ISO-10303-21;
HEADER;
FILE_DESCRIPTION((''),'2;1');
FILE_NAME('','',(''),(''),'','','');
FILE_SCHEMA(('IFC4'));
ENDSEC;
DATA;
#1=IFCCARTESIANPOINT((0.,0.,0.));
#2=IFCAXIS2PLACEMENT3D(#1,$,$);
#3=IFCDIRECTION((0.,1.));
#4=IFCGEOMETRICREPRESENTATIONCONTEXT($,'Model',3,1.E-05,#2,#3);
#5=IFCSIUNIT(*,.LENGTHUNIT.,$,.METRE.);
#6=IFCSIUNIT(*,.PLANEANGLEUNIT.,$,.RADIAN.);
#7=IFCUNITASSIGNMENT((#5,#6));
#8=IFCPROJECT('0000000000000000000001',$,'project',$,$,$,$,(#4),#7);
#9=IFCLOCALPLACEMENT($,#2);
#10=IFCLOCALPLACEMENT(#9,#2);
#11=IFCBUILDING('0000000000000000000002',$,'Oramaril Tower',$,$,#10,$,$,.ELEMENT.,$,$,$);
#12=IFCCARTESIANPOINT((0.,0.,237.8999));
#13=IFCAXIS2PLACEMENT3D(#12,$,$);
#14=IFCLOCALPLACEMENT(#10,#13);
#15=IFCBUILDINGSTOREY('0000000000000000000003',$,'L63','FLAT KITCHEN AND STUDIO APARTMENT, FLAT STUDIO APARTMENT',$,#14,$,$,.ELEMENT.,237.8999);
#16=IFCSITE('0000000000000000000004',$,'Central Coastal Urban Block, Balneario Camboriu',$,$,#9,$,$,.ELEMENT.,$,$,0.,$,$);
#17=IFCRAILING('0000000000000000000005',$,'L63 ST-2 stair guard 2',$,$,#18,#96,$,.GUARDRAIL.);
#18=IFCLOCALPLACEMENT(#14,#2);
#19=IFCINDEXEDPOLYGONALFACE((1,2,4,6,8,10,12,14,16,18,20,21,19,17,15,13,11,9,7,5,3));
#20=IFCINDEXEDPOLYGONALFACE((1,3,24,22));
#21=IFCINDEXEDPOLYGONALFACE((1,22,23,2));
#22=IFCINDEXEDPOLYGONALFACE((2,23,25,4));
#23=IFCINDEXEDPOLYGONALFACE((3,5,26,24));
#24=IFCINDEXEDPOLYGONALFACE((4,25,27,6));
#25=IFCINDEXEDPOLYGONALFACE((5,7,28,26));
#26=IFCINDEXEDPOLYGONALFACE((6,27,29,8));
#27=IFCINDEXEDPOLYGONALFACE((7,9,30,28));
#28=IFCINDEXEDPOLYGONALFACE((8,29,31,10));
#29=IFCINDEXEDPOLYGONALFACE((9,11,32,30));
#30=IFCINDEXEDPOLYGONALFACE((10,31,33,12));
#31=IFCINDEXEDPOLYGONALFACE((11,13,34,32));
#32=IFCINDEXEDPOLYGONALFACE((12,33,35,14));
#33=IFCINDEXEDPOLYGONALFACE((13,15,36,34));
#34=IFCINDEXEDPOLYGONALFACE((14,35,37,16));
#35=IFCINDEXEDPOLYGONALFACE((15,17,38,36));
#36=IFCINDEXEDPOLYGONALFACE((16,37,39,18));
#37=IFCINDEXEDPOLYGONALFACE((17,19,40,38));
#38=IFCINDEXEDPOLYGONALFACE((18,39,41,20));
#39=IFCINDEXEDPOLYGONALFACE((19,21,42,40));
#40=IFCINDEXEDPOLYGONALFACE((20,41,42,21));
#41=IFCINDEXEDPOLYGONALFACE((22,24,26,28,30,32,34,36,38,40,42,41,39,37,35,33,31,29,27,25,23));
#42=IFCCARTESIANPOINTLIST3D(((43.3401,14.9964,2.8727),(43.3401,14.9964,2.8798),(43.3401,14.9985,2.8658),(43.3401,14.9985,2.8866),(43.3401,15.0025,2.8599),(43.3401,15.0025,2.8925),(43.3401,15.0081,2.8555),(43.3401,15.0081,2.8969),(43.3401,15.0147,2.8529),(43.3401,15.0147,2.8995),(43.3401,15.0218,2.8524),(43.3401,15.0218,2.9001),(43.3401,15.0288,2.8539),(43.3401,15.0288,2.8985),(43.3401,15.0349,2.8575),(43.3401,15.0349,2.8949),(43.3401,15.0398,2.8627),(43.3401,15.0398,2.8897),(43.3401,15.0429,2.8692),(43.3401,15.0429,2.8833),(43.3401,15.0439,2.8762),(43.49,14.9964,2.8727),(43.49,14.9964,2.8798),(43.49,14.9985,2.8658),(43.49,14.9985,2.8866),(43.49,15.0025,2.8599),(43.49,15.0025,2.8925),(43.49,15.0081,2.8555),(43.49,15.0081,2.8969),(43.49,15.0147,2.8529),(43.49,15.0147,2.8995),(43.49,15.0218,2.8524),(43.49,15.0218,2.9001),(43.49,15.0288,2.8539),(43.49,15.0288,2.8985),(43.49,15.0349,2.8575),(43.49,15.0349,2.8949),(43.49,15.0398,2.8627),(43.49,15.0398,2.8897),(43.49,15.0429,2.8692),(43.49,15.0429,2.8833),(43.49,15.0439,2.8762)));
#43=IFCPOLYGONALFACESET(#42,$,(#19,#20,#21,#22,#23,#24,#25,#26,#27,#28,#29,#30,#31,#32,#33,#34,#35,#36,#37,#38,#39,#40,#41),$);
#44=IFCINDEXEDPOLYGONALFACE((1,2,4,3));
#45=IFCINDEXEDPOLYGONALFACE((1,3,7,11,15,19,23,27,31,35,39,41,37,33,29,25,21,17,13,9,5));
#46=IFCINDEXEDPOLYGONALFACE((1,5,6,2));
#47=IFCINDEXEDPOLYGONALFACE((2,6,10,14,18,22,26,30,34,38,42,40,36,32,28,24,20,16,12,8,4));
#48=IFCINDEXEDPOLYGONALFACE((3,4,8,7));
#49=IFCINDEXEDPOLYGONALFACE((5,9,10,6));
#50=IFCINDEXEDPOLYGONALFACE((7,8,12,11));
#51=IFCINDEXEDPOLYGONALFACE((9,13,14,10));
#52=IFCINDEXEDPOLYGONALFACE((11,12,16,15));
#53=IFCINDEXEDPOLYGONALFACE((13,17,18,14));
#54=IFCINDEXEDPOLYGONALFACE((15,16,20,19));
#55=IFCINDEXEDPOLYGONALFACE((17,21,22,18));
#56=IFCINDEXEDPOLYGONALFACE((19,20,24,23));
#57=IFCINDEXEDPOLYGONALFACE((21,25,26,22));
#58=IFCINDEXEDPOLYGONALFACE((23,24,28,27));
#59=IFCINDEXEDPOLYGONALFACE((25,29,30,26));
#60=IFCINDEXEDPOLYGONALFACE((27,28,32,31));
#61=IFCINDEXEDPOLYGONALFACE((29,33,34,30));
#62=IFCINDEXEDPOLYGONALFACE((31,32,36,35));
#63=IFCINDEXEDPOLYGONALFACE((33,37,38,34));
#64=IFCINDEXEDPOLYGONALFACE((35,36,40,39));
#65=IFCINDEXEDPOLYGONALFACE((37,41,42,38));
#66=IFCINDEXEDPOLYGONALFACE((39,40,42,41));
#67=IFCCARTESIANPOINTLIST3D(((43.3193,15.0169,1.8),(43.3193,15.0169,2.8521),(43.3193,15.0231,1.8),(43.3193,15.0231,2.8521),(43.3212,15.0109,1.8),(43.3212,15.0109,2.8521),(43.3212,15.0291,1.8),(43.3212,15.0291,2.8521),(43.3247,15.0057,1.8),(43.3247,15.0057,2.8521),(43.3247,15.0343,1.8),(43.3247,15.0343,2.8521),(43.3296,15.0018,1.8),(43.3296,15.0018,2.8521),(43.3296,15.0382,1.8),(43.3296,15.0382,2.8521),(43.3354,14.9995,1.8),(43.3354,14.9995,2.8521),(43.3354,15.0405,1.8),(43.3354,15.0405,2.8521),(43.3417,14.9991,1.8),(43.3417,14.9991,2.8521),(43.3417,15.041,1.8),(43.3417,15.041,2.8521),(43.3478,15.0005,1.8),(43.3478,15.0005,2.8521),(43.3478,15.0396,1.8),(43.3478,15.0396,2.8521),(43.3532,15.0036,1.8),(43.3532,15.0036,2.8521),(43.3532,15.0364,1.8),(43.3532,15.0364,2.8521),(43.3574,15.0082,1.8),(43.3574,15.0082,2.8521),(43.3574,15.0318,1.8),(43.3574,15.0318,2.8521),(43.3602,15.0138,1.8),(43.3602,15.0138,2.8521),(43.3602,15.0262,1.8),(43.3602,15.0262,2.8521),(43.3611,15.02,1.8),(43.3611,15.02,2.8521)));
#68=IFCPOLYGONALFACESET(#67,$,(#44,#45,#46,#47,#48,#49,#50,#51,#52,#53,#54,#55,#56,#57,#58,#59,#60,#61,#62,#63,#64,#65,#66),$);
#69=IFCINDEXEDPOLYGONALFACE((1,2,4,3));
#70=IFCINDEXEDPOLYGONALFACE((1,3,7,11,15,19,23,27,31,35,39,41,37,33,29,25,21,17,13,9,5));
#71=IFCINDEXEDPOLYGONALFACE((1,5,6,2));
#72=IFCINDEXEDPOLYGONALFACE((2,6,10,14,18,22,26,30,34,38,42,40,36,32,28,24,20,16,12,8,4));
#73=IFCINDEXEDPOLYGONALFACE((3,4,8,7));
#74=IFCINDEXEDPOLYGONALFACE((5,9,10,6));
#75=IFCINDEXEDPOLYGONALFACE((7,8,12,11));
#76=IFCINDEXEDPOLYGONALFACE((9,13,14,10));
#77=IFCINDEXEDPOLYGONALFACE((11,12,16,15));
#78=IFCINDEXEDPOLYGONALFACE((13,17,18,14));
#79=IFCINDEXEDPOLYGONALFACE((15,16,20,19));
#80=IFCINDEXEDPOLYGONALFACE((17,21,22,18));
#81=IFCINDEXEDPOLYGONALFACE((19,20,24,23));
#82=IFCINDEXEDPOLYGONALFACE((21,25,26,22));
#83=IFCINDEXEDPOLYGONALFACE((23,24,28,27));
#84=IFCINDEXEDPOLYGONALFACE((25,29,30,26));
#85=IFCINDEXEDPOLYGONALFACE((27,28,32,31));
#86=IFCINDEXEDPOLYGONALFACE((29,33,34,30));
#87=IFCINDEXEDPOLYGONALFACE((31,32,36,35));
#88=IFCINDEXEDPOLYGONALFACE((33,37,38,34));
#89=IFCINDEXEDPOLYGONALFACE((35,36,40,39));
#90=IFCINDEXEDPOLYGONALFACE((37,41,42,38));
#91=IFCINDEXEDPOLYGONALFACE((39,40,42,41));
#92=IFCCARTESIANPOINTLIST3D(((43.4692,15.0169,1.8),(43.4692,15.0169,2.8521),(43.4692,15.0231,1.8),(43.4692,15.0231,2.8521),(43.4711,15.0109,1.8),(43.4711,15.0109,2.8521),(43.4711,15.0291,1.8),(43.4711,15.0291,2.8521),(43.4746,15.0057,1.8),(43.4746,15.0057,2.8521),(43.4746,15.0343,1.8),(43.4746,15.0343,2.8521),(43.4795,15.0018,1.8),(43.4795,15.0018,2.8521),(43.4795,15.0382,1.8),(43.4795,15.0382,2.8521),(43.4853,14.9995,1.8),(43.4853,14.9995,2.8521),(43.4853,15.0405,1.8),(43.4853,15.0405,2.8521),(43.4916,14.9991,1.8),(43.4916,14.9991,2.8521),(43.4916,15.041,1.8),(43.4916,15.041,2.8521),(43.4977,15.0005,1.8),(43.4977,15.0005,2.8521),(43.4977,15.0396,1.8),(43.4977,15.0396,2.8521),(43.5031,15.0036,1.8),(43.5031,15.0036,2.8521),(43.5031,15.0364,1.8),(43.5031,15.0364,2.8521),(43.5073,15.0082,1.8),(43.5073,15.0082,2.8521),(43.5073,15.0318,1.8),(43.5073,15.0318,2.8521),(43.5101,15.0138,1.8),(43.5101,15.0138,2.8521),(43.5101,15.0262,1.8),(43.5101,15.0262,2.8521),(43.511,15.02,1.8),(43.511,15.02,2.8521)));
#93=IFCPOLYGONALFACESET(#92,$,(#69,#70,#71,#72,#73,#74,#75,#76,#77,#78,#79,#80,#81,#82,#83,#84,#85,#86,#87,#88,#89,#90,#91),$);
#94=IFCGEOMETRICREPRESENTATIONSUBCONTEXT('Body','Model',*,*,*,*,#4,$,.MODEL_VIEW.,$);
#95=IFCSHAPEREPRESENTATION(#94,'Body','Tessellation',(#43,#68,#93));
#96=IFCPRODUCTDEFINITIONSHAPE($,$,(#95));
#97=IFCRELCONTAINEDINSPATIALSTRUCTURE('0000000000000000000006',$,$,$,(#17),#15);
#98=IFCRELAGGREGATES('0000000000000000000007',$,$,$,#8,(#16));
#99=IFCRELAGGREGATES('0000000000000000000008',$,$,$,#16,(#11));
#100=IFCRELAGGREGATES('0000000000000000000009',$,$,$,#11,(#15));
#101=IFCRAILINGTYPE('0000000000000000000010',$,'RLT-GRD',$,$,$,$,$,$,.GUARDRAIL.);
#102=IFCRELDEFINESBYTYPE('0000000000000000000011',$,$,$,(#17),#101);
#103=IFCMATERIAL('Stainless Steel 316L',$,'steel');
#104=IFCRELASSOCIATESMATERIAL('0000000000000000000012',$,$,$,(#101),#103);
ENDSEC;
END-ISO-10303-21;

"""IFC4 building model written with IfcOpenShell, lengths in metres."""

from ifc_helpers import new_model, si_unit, direction, frame, origin, origin_2d, place, context, subcontext, project, spatial, circle, extrude, material, type_object, element, save


model = new_model("IFC4")

# Units and contexts
model_context = context("Model", 3, precision=1e-05, world=origin(), true_north=direction((0.0, 1.0)))
body_context = subcontext(model_context, "Body", "Model", "MODEL_VIEW")
ifc_project = project(units=[si_unit("LENGTHUNIT", "METRE"), si_unit("PLANEANGLEUNIT", "RADIAN")], contexts=[model_context])

# Site, building, storey
site_placement = place(None, origin())
site = spatial("IfcSite", under=ifc_project, at=site_placement, Name="Central Coastal Urban Block, Balneario Camboriu", CompositionType="ELEMENT", RefElevation=0.0)
building_placement = place(site_placement, origin())
building = spatial("IfcBuilding", under=site, at=building_placement, Name="Oramaril Tower", CompositionType="ELEMENT")
storey_placement = place(building_placement, frame((0.0, 0.0, 237.8999)))
storey = spatial("IfcBuildingStorey", under=building, at=storey_placement, Name="L63", Description="FLAT KITCHEN AND STUDIO APARTMENT, FLAT STUDIO APARTMENT", CompositionType="ELEMENT", Elevation=237.8999)

# Railing
ifc_material_1 = material(Name="Stainless Steel 316L", Category="steel")
railing_type_1 = type_object("IfcRailingType", Name="RLT-GRD", PredefinedType="GUARDRAIL", material=ifc_material_1)
railing_1_placement = place(storey_placement, frame((43.3401, 15.02, 1.8)))
element("IfcRailing", 1, at=railing_1_placement, inside=storey, type_object=railing_type_1, Name="L63 ST-2 stair guard 2", PredefinedType="GUARDRAIL", context=body_context, shape_type="SweptSolid", body=[
    extrude(circle(Radius=0.0239, at=origin_2d()), frame((0.0, 0.0, 1.0762), z_axis=(1.0, 0.0, 0.0), x_axis=(0.0, 1.0, 0.0)), (0.0, 0.0, 1.0), 0.1499),
    extrude(circle(Radius=0.021, at=origin_2d()), origin(), (0.0, 0.0, 1.0), 1.052),
    extrude(circle(Radius=0.021, at=origin_2d()), frame((0.1499, 0.0, 0.0)), (0.0, 0.0, 1.0), 1.052),
])

save(model, "model.ifc")
